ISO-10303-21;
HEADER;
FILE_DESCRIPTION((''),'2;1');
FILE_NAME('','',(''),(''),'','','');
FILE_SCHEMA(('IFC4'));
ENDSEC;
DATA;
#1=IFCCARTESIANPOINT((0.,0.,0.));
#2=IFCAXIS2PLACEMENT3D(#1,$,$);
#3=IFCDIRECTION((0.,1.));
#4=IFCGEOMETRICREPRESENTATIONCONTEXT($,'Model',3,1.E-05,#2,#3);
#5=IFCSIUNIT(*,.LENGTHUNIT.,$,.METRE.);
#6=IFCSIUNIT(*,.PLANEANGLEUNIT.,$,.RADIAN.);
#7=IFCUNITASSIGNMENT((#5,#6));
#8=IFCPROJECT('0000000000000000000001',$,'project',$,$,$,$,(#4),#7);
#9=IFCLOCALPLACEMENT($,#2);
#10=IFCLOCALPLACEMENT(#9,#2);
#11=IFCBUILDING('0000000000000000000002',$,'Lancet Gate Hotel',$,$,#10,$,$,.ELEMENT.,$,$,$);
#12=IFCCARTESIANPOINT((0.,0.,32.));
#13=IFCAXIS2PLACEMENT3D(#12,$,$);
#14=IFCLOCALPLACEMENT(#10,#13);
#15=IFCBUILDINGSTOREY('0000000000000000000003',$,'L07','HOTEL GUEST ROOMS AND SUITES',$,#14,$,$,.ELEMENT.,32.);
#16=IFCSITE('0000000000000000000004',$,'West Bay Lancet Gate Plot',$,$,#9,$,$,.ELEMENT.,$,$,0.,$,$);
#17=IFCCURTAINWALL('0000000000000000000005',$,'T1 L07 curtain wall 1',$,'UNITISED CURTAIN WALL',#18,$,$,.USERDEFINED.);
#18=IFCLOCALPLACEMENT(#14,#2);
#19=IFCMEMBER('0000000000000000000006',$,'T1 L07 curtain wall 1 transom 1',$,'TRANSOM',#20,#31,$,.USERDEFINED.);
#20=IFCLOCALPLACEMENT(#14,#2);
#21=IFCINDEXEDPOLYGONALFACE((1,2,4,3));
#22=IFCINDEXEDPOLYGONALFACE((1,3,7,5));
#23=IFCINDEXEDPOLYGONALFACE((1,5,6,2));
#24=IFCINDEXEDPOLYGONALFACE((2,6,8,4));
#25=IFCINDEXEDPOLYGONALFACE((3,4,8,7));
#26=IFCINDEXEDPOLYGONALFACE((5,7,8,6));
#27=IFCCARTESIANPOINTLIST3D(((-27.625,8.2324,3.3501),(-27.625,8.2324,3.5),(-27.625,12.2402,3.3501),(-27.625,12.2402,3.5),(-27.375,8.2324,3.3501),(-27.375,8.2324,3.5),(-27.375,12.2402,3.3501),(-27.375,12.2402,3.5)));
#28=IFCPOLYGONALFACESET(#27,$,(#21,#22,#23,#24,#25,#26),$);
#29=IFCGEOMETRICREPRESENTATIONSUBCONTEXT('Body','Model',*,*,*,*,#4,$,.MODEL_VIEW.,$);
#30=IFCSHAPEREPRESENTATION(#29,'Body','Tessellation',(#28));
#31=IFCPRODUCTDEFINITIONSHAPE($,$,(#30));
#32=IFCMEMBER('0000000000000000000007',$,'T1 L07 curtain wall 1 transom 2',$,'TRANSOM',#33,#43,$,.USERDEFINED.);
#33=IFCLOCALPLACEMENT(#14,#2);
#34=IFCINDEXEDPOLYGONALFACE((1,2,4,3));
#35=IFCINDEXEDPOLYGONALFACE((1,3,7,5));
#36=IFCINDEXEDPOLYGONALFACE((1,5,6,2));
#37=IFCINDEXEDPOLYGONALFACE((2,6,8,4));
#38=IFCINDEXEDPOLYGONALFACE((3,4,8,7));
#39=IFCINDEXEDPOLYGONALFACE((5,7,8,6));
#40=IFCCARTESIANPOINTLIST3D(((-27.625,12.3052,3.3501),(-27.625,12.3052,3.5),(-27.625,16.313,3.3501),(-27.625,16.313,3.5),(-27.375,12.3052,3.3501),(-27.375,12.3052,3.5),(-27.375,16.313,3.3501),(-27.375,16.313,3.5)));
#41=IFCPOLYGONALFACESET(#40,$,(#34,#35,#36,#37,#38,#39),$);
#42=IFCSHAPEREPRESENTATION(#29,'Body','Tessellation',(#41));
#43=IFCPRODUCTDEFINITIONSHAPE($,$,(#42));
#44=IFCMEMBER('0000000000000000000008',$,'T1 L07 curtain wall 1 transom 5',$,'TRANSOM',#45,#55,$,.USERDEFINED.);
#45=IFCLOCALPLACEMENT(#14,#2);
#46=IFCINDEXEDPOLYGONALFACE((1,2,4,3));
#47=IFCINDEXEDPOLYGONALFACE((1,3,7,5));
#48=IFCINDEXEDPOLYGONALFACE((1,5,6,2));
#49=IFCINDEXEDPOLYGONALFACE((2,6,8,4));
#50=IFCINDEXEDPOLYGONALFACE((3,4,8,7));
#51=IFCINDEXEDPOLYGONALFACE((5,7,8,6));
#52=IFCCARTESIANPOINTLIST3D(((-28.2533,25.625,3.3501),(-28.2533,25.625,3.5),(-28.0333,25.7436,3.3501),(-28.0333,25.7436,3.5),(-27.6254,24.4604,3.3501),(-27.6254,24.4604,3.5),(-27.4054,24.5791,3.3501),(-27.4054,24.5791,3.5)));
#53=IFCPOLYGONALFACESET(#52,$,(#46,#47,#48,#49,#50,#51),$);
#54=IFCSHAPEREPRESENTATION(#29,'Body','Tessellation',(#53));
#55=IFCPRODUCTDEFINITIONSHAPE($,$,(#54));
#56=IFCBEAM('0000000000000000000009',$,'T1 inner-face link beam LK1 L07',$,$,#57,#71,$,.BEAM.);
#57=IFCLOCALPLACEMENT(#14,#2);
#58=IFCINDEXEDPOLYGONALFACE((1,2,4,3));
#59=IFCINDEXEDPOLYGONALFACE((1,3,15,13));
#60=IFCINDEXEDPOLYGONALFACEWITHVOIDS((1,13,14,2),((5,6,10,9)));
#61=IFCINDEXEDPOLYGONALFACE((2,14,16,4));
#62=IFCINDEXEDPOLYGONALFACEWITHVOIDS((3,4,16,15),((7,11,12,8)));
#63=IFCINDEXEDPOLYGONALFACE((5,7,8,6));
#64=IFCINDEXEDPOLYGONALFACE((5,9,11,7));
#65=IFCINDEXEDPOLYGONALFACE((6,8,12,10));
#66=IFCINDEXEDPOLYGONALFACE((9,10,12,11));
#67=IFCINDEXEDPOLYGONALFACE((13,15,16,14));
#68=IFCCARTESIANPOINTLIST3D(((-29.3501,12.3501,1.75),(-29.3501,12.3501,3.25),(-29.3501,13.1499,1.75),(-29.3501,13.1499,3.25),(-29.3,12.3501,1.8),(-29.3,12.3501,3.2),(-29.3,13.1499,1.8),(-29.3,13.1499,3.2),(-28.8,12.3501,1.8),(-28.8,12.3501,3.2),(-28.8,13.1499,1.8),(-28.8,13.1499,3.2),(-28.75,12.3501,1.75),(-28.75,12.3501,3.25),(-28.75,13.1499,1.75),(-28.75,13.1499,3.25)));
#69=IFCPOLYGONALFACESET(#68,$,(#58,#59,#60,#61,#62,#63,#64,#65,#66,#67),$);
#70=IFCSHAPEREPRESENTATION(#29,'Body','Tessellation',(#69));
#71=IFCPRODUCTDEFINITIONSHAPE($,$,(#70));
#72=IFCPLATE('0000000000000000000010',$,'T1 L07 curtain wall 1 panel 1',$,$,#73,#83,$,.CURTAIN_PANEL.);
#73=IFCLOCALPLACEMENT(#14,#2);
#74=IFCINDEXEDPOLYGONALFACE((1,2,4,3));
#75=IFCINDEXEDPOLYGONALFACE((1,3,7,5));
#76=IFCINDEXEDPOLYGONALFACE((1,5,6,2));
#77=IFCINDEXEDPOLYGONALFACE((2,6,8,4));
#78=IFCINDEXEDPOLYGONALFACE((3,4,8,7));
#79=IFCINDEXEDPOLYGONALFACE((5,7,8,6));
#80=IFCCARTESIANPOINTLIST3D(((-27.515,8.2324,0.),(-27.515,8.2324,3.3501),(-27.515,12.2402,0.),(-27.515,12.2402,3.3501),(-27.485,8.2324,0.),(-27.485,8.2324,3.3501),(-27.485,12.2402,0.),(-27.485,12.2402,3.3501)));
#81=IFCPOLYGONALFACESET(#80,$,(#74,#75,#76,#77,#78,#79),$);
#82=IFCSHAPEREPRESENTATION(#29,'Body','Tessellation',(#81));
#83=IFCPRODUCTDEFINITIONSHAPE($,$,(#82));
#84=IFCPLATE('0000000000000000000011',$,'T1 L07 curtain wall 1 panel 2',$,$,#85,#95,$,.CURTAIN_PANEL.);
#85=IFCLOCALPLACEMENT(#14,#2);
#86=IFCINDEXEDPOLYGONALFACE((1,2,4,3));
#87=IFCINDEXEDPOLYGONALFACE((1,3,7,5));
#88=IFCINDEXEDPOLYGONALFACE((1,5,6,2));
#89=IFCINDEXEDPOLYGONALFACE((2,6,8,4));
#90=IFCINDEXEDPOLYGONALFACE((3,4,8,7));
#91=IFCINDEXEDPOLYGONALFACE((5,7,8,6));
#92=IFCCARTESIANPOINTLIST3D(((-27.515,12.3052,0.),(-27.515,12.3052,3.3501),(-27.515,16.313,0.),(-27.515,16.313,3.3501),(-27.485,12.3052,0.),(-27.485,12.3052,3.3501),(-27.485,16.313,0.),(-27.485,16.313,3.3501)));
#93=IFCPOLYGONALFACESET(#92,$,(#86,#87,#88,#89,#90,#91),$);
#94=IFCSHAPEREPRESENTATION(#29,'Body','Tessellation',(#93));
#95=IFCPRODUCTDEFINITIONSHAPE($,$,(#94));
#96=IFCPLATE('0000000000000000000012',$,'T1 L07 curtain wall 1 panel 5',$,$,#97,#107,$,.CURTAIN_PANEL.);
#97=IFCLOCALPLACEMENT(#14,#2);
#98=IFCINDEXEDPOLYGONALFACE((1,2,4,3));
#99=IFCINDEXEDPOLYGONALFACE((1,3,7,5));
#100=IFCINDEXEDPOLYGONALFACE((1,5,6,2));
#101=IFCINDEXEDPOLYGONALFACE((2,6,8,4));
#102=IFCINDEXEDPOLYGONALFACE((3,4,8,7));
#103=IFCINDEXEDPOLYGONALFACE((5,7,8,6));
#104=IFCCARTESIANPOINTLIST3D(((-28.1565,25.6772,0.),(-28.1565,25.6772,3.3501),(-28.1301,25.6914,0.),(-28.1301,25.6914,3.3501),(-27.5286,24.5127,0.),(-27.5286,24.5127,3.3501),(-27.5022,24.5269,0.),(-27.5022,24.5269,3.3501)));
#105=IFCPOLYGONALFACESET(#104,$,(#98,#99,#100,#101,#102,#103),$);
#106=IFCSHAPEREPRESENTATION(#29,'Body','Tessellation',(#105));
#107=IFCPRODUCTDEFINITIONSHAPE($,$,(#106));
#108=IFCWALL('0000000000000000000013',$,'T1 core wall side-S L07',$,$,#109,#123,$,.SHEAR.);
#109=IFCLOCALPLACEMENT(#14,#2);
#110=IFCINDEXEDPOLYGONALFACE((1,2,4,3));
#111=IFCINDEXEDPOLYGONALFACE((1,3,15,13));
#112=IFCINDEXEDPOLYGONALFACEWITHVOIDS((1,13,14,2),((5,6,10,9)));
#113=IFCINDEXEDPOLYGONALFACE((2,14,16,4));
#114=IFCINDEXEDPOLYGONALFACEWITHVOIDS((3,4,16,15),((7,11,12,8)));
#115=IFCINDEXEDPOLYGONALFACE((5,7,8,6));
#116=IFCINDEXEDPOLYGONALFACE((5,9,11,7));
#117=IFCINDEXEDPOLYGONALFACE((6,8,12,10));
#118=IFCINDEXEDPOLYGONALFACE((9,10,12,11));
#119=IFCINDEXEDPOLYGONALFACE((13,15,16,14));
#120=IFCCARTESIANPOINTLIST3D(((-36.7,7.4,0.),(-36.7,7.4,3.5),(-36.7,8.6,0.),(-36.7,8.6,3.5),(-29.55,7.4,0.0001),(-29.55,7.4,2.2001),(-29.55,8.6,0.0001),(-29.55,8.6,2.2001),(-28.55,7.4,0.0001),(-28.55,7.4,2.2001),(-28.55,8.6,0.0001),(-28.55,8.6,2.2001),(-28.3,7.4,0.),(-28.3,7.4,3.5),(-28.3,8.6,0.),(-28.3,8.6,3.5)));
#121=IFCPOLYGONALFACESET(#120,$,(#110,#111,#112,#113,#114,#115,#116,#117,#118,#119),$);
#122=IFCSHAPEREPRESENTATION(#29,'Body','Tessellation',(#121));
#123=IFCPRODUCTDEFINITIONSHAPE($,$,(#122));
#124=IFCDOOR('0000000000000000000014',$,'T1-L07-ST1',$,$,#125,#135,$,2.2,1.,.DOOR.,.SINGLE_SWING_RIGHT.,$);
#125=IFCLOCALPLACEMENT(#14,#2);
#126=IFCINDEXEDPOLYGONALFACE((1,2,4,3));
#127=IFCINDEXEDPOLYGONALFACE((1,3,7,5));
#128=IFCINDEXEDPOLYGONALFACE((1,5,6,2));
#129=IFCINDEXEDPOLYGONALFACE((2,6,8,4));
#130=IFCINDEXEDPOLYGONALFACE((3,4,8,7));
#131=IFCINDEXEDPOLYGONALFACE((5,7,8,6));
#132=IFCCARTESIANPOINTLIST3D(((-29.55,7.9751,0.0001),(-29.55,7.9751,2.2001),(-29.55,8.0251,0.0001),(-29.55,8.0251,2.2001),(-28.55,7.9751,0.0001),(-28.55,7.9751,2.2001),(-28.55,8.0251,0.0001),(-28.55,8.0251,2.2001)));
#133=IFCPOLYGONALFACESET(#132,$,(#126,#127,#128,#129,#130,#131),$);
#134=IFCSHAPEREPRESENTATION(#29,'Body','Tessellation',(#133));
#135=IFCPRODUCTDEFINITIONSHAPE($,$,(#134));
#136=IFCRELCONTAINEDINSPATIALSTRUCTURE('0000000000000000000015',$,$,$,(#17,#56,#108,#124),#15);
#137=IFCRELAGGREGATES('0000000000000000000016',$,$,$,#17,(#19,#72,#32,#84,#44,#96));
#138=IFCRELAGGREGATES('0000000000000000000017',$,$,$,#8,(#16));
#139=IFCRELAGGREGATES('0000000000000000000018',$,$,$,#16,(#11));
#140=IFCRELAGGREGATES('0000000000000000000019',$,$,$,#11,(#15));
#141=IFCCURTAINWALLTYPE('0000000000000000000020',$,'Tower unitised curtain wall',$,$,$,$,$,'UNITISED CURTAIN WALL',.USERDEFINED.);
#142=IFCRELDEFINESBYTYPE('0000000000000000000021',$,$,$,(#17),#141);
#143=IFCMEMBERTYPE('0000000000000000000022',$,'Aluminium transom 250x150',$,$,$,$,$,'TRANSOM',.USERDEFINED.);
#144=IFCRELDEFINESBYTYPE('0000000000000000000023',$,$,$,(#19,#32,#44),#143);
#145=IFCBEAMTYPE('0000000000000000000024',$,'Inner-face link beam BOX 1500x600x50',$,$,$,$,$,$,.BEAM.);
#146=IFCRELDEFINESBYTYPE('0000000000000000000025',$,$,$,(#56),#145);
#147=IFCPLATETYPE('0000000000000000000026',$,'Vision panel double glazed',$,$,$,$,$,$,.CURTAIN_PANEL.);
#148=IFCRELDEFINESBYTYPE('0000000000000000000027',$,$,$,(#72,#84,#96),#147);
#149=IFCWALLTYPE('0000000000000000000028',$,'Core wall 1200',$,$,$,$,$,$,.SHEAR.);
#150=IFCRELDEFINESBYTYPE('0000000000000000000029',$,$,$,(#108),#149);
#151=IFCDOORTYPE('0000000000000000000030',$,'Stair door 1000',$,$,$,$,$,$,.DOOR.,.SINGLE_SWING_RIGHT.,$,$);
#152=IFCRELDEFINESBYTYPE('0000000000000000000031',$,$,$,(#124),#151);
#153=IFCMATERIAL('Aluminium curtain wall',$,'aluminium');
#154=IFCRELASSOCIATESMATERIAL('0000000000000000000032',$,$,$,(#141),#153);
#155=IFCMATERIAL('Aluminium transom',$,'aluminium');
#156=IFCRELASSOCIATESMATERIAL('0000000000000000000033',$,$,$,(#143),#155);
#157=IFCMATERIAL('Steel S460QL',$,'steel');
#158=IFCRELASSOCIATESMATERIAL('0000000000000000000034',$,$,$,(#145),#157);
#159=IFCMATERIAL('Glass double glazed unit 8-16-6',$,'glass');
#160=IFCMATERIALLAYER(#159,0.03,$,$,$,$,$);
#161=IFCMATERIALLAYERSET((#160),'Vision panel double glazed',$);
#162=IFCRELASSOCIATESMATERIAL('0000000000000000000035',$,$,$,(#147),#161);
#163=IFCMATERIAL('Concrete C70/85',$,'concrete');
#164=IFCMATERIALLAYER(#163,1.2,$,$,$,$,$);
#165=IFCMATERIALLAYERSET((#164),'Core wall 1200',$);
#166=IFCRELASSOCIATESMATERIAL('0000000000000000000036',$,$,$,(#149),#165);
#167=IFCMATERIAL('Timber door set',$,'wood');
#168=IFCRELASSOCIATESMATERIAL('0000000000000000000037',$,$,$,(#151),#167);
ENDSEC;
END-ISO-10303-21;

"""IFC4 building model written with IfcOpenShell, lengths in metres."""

from ifc_helpers import new_model, si_unit, direction, frame, frame_2d, origin, origin_2d, place, context, subcontext, project, spatial, rectangle, hollow_rectangle, extrude, material, layer, layer_set, material_profile, profile_set, type_object, element, fill, aggregate, save


model = new_model("IFC4")

# Units and contexts
model_context = context("Model", 3, precision=1e-05, world=origin(), true_north=direction((0.0, 1.0)))
body_context = subcontext(model_context, "Body", "Model", "MODEL_VIEW")
ifc_project = project(units=[si_unit("LENGTHUNIT", "METRE"), si_unit("PLANEANGLEUNIT", "RADIAN")], contexts=[model_context])

# Site, building, storey
site_placement = place(None, origin())
site = spatial("IfcSite", under=ifc_project, at=site_placement, Name="West Bay Lancet Gate Plot", CompositionType="ELEMENT", RefElevation=0.0)
building_placement = place(site_placement, origin())
building = spatial("IfcBuilding", under=site, at=building_placement, Name="Lancet Gate Hotel", CompositionType="ELEMENT")
storey_placement = place(building_placement, frame((0.0, 0.0, 32.0)))
storey = spatial("IfcBuildingStorey", under=building, at=storey_placement, Name="L07", Description="HOTEL GUEST ROOMS AND SUITES", CompositionType="ELEMENT", Elevation=32.0)

# Curtain wall, members
ifc_material_1 = material(Name="Aluminium curtain wall", Category="aluminium")
curtain_wall_type = type_object("IfcCurtainWallType", Name="Tower unitised curtain wall", ElementType="UNITISED CURTAIN WALL", PredefinedType="USERDEFINED", material=ifc_material_1)
curtain_wall_placement = place(storey_placement, origin())
curtain_wall = element("IfcCurtainWall", 1, at=curtain_wall_placement, inside=storey, type_object=curtain_wall_type, Name="T1 L07 curtain wall 1", ObjectType="UNITISED CURTAIN WALL", PredefinedType="USERDEFINED")
ifc_material_2 = material(Name="Aluminium transom", Category="aluminium")
ifc_material_profile_1 = material_profile(ifc_material_2, rectangle(XDim=0.25, YDim=0.1499, at=origin_2d()), Name="TRANSOM 250x150")
ifc_profile_set_1 = profile_set([ifc_material_profile_1], Name="Aluminium transom")
member_type_1 = type_object("IfcMemberType", Name="Aluminium transom 250x150", ElementType="TRANSOM", PredefinedType="USERDEFINED", material=ifc_profile_set_1)
member_1_placement = place(storey_placement, frame((-27.5, 8.2324, 3.425), z_axis=(0.0, 1.0, 0.0), x_axis=(-1.0, 0.0, 0.0)))
member_1 = element("IfcMember", 2, at=member_1_placement, type_object=member_type_1, Name="T1 L07 curtain wall 1 transom 1", ObjectType="TRANSOM", PredefinedType="USERDEFINED", context=body_context, shape_type="SweptSolid", body=[
    extrude(rectangle(XDim=0.25, YDim=0.1499, at=origin_2d()), origin(), (0.0, 0.0, 1.0), 4.0078),
])
member_2_placement = place(storey_placement, frame((-27.5, 12.3052, 3.425), z_axis=(0.0, 1.0, 0.0), x_axis=(-1.0, 0.0, 0.0)))
member_2 = element("IfcMember", 3, at=member_2_placement, type_object=member_type_1, Name="T1 L07 curtain wall 1 transom 2", ObjectType="TRANSOM", PredefinedType="USERDEFINED", context=body_context, shape_type="SweptSolid", body=[
    extrude(rectangle(XDim=0.25, YDim=0.1499, at=origin_2d()), origin(), (0.0, 0.0, 1.0), 4.0078),
])
member_3_placement = place(storey_placement, frame((-27.5154, 24.5198, 3.425), z_axis=(-0.474606, 0.880198, 0.0), x_axis=(-0.880198, -0.474606, 0.0)))
member_3 = element("IfcMember", 4, at=member_3_placement, type_object=member_type_1, Name="T1 L07 curtain wall 1 transom 5", ObjectType="TRANSOM", PredefinedType="USERDEFINED", context=body_context, shape_type="SweptSolid", body=[
    extrude(rectangle(XDim=0.25, YDim=0.1499, at=origin_2d()), origin(), (0.0, 0.0, 1.0), 1.323),
])

# Beam
ifc_material_3 = material(Name="Steel S460QL", Category="steel")
ifc_material_profile_2 = material_profile(ifc_material_3, hollow_rectangle(XDim=0.6001, YDim=1.5, WallThickness=0.05, at=origin_2d()), Name="BOX 1500x600x50")
ifc_profile_set_2 = profile_set([ifc_material_profile_2], Name="Steel S460QL")
beam_type = type_object("IfcBeamType", Name="Inner-face link beam BOX 1500x600x50", PredefinedType="BEAM", material=ifc_profile_set_2)
beam_placement = place(storey_placement, frame((-29.05, 13.1499, 2.5), z_axis=(0.0, -1.0, 0.0), x_axis=(1.0, 0.0, 0.0)))
element("IfcBeam", 5, at=beam_placement, inside=storey, type_object=beam_type, Name="T1 inner-face link beam LK1 L07", PredefinedType="BEAM", context=body_context, shape_type="SweptSolid", body=[
    extrude(hollow_rectangle(XDim=0.6001, YDim=1.5, WallThickness=0.05, at=origin_2d()), origin(), (0.0, 0.0, 1.0), 0.7998),
])

# Plates
ifc_material_4 = material(Name="Glass double glazed unit 8-16-6", Category="glass")
ifc_layer_1 = layer(ifc_material_4, 0.03)
ifc_layer_set_1 = layer_set([ifc_layer_1], Name="Vision panel double glazed")
plate_type = type_object("IfcPlateType", Name="Vision panel double glazed", PredefinedType="CURTAIN_PANEL", material=ifc_layer_set_1)
plate_1_placement = place(storey_placement, frame((-27.5, 10.2363, 0.0), z_axis=(0.0, 0.0, 1.0), x_axis=(0.0, 1.0, 0.0)))
plate_1 = element("IfcPlate", 6, at=plate_1_placement, type_object=plate_type, Name="T1 L07 curtain wall 1 panel 1", PredefinedType="CURTAIN_PANEL", context=body_context, shape_type="SweptSolid", body=[
    extrude(rectangle(XDim=4.0078, YDim=0.03, at=origin_2d()), origin(), (0.0, 0.0, 1.0), 3.3501),
])
plate_2_placement = place(storey_placement, frame((-27.5, 14.3091, 0.0), z_axis=(0.0, 0.0, 1.0), x_axis=(0.0, 1.0, 0.0)))
plate_2 = element("IfcPlate", 7, at=plate_2_placement, type_object=plate_type, Name="T1 L07 curtain wall 1 panel 2", PredefinedType="CURTAIN_PANEL", context=body_context, shape_type="SweptSolid", body=[
    extrude(rectangle(XDim=4.0078, YDim=0.03, at=origin_2d()), origin(), (0.0, 0.0, 1.0), 3.3501),
])
plate_3_placement = place(storey_placement, frame((-27.8293, 25.1021, 0.0), z_axis=(0.0, 0.0, 1.0), x_axis=(-0.474631, 0.880185, 0.0)))
plate_3 = element("IfcPlate", 8, at=plate_3_placement, type_object=plate_type, Name="T1 L07 curtain wall 1 panel 5", PredefinedType="CURTAIN_PANEL", context=body_context, shape_type="SweptSolid", body=[
    extrude(rectangle(XDim=1.323, YDim=0.03, at=origin_2d()), origin(), (0.0, 0.0, 1.0), 3.3501),
])
aggregate(curtain_wall, [member_1, plate_1, member_2, plate_2, member_3, plate_3])

# Wall, opening, door
ifc_material_5 = material(Name="Concrete C70/85", Category="concrete")
ifc_layer_2 = layer(ifc_material_5, 1.2)
ifc_layer_set_2 = layer_set([ifc_layer_2], Name="Core wall 1200")
wall_type_1 = type_object("IfcWallType", Name="Core wall 1200", PredefinedType="SHEAR", material=ifc_layer_set_2)
wall_1_placement = place(storey_placement, frame((-28.3, 8.0, 0.0), z_axis=(0.0, 0.0, 1.0), x_axis=(-1.0, 0.0, 0.0)))
wall_1 = element("IfcWall", 9, at=wall_1_placement, inside=storey, type_object=wall_type_1, Name="T1 core wall side-S L07", PredefinedType="SHEAR", context=body_context, shape_type="SweptSolid", body=[
    extrude(rectangle(XDim=8.3999, YDim=1.2, at=frame_2d((4.2, 0.0))), origin(), (0.0, 0.0, 1.0), 3.5),
])
opening_1_placement = place(wall_1_placement, frame((0.25, 0.0, 0.0)))
opening_1 = element("IfcOpeningElement", 10, at=opening_1_placement, cuts=wall_1, PredefinedType="OPENING", context=body_context, shape_type="SweptSolid", body=[
    extrude(rectangle(XDim=1.0, YDim=2.2, at=frame_2d((0.5, 1.1001))), frame((0.0, 0.6099, 0.0), z_axis=(0.0, -1.0, 0.0), x_axis=(1.0, 0.0, 0.0)), (0.0, 0.0, 1.0), 1.22),
])
ifc_material_6 = material(Name="Timber door set", Category="wood")
door_type = type_object("IfcDoorType", Name="Stair door 1000", OperationType="SINGLE_SWING_RIGHT", PredefinedType="DOOR", material=ifc_material_6)
door_placement = place(opening_1_placement, origin())
door = element("IfcDoor", 11, at=door_placement, inside=storey, type_object=door_type, Name="T1-L07-ST1", OperationType="SINGLE_SWING_RIGHT", OverallHeight=2.2, OverallWidth=1.0, PredefinedType="DOOR", context=body_context, shape_type="SweptSolid", body=[
    extrude(rectangle(XDim=1.0, YDim=2.2, at=frame_2d((0.5, 1.1001))), frame((0.0, 0.0249, 0.0), z_axis=(0.0, -1.0, 0.0), x_axis=(1.0, 0.0, 0.0)), (0.0, 0.0, 1.0), 0.05),
])
fill(opening_1, door)

save(model, "model.ifc")
